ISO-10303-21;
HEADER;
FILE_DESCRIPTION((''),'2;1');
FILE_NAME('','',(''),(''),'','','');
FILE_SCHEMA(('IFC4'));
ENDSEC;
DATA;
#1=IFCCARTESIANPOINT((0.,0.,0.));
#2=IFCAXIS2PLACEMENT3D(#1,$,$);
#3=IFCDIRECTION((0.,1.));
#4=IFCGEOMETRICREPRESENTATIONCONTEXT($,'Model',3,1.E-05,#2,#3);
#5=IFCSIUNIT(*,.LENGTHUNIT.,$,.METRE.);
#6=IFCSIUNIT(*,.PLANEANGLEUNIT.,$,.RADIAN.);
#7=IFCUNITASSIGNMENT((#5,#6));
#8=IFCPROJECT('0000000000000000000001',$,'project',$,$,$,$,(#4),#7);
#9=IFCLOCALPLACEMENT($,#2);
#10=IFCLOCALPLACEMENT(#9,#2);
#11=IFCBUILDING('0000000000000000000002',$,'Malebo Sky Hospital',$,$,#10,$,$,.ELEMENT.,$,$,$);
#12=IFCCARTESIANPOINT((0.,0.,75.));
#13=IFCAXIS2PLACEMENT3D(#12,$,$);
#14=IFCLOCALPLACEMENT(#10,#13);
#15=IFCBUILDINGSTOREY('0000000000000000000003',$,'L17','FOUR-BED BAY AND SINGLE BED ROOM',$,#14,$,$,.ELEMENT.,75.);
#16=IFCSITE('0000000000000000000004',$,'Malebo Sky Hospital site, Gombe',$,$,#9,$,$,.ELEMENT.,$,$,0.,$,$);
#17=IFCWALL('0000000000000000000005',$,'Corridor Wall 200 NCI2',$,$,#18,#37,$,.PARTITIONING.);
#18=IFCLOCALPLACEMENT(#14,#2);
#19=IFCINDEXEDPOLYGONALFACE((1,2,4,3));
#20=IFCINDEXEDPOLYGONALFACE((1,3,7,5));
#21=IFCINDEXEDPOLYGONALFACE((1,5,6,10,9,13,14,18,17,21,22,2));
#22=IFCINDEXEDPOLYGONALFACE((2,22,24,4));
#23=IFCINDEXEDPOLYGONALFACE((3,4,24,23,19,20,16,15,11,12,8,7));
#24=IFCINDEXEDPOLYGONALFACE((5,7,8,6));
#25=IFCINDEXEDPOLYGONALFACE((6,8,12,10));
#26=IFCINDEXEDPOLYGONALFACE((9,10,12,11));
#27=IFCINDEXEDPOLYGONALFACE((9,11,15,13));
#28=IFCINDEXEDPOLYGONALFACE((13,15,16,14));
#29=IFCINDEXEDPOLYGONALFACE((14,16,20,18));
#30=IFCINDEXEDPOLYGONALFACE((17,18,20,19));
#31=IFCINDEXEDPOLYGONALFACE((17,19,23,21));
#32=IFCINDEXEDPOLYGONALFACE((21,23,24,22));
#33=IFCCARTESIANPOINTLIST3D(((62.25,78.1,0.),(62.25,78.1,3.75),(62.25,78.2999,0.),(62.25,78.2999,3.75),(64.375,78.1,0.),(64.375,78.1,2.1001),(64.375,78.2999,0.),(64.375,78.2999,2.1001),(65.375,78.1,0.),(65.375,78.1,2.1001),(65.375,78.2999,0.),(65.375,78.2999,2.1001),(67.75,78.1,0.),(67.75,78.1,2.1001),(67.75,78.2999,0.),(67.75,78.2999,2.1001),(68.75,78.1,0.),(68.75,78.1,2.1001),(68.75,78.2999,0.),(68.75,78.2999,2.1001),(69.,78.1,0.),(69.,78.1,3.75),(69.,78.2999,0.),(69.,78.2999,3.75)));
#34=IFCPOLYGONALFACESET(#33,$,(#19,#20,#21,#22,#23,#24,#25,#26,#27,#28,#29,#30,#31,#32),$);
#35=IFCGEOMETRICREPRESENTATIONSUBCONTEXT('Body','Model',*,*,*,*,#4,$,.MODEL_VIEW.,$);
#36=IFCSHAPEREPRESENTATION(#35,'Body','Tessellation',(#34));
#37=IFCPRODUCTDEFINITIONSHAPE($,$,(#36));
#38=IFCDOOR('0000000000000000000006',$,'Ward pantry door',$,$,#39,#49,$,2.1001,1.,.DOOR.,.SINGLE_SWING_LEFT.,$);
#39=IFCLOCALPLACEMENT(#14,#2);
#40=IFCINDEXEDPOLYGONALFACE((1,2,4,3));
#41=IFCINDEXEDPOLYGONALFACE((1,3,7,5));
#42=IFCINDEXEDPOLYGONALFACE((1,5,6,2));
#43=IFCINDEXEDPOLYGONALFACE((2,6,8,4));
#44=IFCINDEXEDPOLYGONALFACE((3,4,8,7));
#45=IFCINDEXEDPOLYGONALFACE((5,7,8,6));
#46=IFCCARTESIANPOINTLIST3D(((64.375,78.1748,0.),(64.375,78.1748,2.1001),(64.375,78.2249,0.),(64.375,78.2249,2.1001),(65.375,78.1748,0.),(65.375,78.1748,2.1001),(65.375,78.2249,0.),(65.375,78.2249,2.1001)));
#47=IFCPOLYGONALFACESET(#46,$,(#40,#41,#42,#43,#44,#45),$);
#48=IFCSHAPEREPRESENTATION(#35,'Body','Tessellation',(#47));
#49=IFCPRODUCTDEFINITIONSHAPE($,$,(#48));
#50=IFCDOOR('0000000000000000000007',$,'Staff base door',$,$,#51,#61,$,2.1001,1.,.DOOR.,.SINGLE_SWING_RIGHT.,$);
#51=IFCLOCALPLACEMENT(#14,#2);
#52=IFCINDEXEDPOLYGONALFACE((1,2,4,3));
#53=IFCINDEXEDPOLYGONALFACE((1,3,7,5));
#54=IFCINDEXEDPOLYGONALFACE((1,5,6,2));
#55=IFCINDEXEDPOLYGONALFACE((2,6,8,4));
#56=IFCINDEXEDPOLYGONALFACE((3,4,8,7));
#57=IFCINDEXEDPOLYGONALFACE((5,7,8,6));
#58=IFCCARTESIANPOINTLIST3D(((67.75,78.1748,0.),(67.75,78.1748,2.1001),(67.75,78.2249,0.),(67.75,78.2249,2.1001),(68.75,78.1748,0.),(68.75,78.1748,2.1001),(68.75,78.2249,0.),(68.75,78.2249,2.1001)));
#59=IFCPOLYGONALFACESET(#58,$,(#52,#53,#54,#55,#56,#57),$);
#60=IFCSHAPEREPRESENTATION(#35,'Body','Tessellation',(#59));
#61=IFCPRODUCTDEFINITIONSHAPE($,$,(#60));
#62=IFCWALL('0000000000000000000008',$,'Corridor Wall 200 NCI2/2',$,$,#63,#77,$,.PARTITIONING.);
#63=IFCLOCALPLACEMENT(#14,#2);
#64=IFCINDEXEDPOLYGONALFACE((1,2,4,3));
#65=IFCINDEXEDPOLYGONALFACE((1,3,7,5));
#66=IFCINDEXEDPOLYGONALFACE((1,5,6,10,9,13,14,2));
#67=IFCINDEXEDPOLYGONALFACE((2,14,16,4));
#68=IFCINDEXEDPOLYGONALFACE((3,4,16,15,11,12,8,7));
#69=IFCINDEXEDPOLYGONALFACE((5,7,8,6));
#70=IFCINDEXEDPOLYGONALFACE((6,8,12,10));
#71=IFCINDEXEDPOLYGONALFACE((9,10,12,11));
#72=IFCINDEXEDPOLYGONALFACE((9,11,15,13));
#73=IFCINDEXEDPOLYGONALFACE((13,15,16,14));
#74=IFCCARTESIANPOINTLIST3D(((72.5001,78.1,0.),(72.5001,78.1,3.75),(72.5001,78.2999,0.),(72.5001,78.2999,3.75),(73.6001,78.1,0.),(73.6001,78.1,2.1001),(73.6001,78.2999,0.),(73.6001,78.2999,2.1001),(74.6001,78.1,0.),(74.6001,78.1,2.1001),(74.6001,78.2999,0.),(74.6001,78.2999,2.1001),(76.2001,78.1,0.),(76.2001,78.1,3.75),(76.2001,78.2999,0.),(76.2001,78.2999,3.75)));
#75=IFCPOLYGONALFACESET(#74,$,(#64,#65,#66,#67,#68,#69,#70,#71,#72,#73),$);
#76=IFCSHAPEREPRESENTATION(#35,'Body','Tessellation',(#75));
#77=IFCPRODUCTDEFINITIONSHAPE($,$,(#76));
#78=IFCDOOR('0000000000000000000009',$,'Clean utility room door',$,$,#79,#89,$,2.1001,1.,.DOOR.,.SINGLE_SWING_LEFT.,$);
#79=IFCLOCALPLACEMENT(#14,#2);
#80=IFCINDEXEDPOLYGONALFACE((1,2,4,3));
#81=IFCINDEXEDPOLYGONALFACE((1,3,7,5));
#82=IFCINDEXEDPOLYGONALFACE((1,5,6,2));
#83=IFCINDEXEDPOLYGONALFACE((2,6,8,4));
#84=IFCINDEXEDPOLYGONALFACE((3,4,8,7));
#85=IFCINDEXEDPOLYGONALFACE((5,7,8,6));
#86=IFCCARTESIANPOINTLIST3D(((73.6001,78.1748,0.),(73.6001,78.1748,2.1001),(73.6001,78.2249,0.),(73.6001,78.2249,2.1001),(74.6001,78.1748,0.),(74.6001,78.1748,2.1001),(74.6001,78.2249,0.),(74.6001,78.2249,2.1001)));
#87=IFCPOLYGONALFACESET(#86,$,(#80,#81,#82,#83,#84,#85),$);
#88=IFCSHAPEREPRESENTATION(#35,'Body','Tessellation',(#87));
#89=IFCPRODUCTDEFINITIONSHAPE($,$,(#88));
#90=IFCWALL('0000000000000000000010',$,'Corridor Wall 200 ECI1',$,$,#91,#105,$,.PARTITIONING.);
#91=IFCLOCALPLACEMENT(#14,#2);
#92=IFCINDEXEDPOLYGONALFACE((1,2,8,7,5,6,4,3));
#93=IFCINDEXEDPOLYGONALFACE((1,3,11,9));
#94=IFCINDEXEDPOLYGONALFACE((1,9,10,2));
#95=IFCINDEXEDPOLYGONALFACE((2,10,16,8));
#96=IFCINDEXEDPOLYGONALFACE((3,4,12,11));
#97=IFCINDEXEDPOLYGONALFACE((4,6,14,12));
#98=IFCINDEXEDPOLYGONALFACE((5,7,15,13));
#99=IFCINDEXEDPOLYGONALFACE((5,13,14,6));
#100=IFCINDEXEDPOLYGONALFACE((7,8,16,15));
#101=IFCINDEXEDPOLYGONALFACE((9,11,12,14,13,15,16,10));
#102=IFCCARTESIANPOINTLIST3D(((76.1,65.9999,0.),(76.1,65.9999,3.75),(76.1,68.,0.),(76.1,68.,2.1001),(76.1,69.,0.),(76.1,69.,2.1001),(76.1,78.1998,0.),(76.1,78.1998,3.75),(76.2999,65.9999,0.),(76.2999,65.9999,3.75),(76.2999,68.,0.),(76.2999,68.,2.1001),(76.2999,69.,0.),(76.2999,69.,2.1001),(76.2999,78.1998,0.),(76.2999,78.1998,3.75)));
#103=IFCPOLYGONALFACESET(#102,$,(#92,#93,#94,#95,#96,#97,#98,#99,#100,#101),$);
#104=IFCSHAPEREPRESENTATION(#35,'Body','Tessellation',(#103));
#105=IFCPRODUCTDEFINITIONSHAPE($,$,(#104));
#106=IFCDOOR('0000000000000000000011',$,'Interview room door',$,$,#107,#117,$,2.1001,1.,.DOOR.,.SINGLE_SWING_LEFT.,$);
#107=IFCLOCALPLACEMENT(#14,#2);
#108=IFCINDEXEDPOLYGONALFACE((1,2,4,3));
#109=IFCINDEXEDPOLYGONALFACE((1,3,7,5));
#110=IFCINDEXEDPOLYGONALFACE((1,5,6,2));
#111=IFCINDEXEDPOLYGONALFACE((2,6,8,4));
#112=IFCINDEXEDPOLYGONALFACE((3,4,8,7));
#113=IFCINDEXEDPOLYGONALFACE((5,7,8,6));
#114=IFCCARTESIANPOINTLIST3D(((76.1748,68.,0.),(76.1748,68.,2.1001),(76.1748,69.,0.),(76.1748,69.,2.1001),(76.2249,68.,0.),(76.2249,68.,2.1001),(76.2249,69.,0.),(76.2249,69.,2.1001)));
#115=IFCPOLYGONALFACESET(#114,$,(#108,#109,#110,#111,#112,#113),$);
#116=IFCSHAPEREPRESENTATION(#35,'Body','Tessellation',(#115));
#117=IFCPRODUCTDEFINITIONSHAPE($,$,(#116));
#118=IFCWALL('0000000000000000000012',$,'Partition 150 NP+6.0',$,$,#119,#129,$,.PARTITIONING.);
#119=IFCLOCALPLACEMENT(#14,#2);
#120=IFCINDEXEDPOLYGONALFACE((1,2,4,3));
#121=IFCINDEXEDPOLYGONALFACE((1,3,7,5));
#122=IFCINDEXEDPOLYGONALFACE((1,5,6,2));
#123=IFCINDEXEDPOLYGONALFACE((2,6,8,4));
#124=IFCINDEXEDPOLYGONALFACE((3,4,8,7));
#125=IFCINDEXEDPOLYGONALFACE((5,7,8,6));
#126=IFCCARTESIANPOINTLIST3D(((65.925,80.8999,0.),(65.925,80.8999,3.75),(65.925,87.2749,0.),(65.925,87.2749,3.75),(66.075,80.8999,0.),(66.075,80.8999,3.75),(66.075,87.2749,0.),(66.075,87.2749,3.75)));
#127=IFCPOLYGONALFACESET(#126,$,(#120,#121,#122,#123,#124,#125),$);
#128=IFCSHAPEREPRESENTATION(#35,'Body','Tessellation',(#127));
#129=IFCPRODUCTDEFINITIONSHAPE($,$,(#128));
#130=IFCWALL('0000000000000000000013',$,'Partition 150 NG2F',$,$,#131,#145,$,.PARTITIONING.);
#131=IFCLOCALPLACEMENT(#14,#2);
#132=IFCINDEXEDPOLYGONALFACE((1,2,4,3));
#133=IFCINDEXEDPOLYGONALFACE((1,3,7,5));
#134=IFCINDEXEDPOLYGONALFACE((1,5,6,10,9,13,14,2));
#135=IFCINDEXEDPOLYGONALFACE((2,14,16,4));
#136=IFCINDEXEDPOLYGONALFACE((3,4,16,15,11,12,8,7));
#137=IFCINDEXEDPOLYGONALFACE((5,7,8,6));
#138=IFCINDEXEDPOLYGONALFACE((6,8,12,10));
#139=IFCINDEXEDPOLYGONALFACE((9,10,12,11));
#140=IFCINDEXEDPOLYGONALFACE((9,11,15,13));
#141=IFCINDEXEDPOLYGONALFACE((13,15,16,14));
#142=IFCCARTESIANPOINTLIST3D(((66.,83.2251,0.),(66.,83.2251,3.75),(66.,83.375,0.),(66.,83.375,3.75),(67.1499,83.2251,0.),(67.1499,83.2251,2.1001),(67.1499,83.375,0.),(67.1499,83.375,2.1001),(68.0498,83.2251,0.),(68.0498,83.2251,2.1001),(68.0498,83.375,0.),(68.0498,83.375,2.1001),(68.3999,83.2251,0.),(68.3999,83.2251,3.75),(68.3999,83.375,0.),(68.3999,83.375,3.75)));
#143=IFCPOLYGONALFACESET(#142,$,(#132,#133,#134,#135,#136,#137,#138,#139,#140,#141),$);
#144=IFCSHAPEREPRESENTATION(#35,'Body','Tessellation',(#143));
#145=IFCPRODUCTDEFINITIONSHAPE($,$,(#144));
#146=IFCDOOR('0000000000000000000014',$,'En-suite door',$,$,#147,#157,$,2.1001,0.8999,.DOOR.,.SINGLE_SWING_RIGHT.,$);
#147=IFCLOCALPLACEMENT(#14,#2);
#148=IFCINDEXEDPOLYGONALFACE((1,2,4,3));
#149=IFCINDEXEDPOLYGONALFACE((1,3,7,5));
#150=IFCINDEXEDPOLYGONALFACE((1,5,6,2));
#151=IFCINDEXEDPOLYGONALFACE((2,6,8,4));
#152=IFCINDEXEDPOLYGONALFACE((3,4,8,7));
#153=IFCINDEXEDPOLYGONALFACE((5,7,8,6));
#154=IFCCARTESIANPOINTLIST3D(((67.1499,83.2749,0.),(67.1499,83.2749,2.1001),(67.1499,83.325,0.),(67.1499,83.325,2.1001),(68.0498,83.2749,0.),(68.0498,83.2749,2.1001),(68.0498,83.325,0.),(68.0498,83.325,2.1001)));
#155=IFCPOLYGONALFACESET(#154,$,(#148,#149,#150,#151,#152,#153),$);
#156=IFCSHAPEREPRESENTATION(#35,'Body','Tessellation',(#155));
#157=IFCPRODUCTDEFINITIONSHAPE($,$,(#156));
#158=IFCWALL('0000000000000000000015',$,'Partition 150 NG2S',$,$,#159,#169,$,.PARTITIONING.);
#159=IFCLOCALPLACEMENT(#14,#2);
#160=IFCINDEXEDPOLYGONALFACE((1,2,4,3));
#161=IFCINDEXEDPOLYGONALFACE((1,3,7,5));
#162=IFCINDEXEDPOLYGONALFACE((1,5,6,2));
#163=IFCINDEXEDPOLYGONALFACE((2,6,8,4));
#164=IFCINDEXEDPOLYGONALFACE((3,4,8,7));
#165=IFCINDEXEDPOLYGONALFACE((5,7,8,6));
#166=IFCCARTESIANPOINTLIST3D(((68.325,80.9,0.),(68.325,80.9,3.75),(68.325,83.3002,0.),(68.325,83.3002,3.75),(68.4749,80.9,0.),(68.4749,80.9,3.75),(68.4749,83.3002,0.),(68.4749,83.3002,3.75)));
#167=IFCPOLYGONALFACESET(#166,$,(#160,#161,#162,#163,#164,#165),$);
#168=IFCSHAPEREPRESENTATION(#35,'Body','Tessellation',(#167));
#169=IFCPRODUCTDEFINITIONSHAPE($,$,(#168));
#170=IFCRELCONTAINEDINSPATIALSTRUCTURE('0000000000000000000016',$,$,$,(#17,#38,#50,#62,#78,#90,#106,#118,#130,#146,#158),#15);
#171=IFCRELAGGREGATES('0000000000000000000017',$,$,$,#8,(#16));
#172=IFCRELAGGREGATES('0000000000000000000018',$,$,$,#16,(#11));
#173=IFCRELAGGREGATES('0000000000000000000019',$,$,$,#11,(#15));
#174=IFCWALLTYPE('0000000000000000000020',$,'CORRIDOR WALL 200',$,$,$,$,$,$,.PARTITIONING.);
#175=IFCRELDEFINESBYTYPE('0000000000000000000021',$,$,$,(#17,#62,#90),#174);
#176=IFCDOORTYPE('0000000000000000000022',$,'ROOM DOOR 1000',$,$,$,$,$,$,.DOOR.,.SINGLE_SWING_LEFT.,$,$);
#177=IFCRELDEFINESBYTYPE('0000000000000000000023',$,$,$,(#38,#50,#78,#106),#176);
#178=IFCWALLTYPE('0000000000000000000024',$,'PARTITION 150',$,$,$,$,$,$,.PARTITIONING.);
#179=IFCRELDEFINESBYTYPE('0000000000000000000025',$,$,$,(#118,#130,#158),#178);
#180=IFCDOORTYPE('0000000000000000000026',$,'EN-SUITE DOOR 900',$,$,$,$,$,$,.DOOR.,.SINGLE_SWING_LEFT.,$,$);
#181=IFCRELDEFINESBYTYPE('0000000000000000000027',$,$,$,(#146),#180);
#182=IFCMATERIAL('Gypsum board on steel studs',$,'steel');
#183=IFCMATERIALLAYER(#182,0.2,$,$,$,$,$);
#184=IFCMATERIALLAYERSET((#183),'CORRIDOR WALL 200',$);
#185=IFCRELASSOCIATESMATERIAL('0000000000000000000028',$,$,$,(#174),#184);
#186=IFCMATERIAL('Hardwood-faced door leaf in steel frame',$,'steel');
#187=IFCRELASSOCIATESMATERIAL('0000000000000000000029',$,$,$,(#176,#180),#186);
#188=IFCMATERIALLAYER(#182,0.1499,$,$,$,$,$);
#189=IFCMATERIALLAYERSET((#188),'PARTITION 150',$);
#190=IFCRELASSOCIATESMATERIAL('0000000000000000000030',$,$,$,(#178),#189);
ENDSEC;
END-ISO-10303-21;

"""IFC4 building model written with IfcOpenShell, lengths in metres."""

from ifc_helpers import new_model, si_unit, direction, frame, frame_2d, origin, place, context, subcontext, project, spatial, rectangle, extrude, material, layer, layer_set, type_object, element, fill, save


model = new_model("IFC4")

# Units and contexts
model_context = context("Model", 3, precision=1e-05, world=origin(), true_north=direction((0.0, 1.0)))
body_context = subcontext(model_context, "Body", "Model", "MODEL_VIEW")
ifc_project = project(units=[si_unit("LENGTHUNIT", "METRE"), si_unit("PLANEANGLEUNIT", "RADIAN")], contexts=[model_context])

# Site, building, storey
site_placement = place(None, origin())
site = spatial("IfcSite", under=ifc_project, at=site_placement, Name="Malebo Sky Hospital site, Gombe", CompositionType="ELEMENT", RefElevation=0.0)
building_placement = place(site_placement, origin())
building = spatial("IfcBuilding", under=site, at=building_placement, Name="Malebo Sky Hospital", CompositionType="ELEMENT")
storey_placement = place(building_placement, frame((0.0, 0.0, 75.0)))
storey = spatial("IfcBuildingStorey", under=building, at=storey_placement, Name="L17", Description="FOUR-BED BAY AND SINGLE BED ROOM", CompositionType="ELEMENT", Elevation=75.0)

# Wall, openings, doors
ifc_material_1 = material(Name="Gypsum board on steel studs", Category="steel")
ifc_layer_1 = layer(ifc_material_1, 0.2)
ifc_layer_set_1 = layer_set([ifc_layer_1], Name="CORRIDOR WALL 200")
wall_type_1 = type_object("IfcWallType", Name="CORRIDOR WALL 200", PredefinedType="PARTITIONING", material=ifc_layer_set_1)
wall_1_placement = place(storey_placement, frame((62.25, 78.2, 0.0), z_axis=(0.0, 0.0, 1.0), x_axis=(1.0, 0.0, 0.0)))
wall_1 = element("IfcWall", 1, at=wall_1_placement, inside=storey, type_object=wall_type_1, Name="Corridor Wall 200 NCI2", PredefinedType="PARTITIONING", context=body_context, shape_type="SweptSolid", body=[
    extrude(rectangle(XDim=6.75, YDim=0.2, at=frame_2d((3.375, 0.0))), origin(), (0.0, 0.0, 1.0), 3.75),
])
opening_1_placement = place(wall_1_placement, frame((2.125, 0.0, 0.0)))
opening_1 = element("IfcOpeningElement", 2, at=opening_1_placement, cuts=wall_1, PredefinedType="OPENING", context=body_context, shape_type="SweptSolid", body=[
    extrude(rectangle(XDim=1.0, YDim=2.1001, at=frame_2d((0.5, 1.05))), frame((0.0, 0.1099, 0.0), z_axis=(0.0, -1.0, 0.0), x_axis=(1.0, 0.0, 0.0)), (0.0, 0.0, 1.0), 0.22),
])
opening_2_placement = place(wall_1_placement, frame((5.5, 0.0, 0.0)))
opening_2 = element("IfcOpeningElement", 3, at=opening_2_placement, cuts=wall_1, PredefinedType="OPENING", context=body_context, shape_type="SweptSolid", body=[
    extrude(rectangle(XDim=1.0, YDim=2.1001, at=frame_2d((0.5, 1.05))), frame((0.0, 0.1099, 0.0), z_axis=(0.0, -1.0, 0.0), x_axis=(1.0, 0.0, 0.0)), (0.0, 0.0, 1.0), 0.22),
])
ifc_material_2 = material(Name="Hardwood-faced door leaf in steel frame", Category="steel")
door_type_1 = type_object("IfcDoorType", Name="ROOM DOOR 1000", OperationType="SINGLE_SWING_LEFT", PredefinedType="DOOR", material=ifc_material_2)
door_1_placement = place(opening_1_placement, origin())
door_1 = element("IfcDoor", 4, at=door_1_placement, inside=storey, type_object=door_type_1, Name="Ward pantry door", OperationType="SINGLE_SWING_LEFT", OverallHeight=2.1001, OverallWidth=1.0, PredefinedType="DOOR", context=body_context, shape_type="SweptSolid", body=[
    extrude(rectangle(XDim=1.0, YDim=2.1001, at=frame_2d((0.5, 1.05))), frame((0.0, 0.0249, 0.0), z_axis=(0.0, -1.0, 0.0), x_axis=(1.0, 0.0, 0.0)), (0.0, 0.0, 1.0), 0.05),
])
fill(opening_1, door_1)
door_2_placement = place(opening_2_placement, origin())
door_2 = element("IfcDoor", 5, at=door_2_placement, inside=storey, type_object=door_type_1, Name="Staff base door", OperationType="SINGLE_SWING_RIGHT", OverallHeight=2.1001, OverallWidth=1.0, PredefinedType="DOOR", context=body_context, shape_type="SweptSolid", body=[
    extrude(rectangle(XDim=1.0, YDim=2.1001, at=frame_2d((0.5, 1.05))), frame((0.0, 0.0249, 0.0), z_axis=(0.0, -1.0, 0.0), x_axis=(1.0, 0.0, 0.0)), (0.0, 0.0, 1.0), 0.05),
])
fill(opening_2, door_2)

# Walls, openings, doors
wall_2_placement = place(storey_placement, frame((72.5, 78.2, 0.0), z_axis=(0.0, 0.0, 1.0), x_axis=(1.0, 0.0, 0.0)))
wall_2 = element("IfcWall", 6, at=wall_2_placement, inside=storey, type_object=wall_type_1, Name="Corridor Wall 200 NCI2/2", PredefinedType="PARTITIONING", context=body_context, shape_type="SweptSolid", body=[
    extrude(rectangle(XDim=3.7, YDim=0.2, at=frame_2d((1.8501, 0.0))), origin(), (0.0, 0.0, 1.0), 3.75),
])
opening_3_placement = place(wall_2_placement, frame((1.1001, 0.0, 0.0)))
opening_3 = element("IfcOpeningElement", 7, at=opening_3_placement, cuts=wall_2, PredefinedType="OPENING", context=body_context, shape_type="SweptSolid", body=[
    extrude(rectangle(XDim=1.0, YDim=2.1001, at=frame_2d((0.5, 1.05))), frame((0.0, 0.1099, 0.0), z_axis=(0.0, -1.0, 0.0), x_axis=(1.0, 0.0, 0.0)), (0.0, 0.0, 1.0), 0.22),
])
door_3_placement = place(opening_3_placement, origin())
door_3 = element("IfcDoor", 8, at=door_3_placement, inside=storey, type_object=door_type_1, Name="Clean utility room door", OperationType="SINGLE_SWING_LEFT", OverallHeight=2.1001, OverallWidth=1.0, PredefinedType="DOOR", context=body_context, shape_type="SweptSolid", body=[
    extrude(rectangle(XDim=1.0, YDim=2.1001, at=frame_2d((0.5, 1.05))), frame((0.0, 0.0249, 0.0), z_axis=(0.0, -1.0, 0.0), x_axis=(1.0, 0.0, 0.0)), (0.0, 0.0, 1.0), 0.05),
])
fill(opening_3, door_3)
wall_3_placement = place(storey_placement, frame((76.2, 78.2, 0.0), z_axis=(0.0, 0.0, 1.0), x_axis=(0.0, -1.0, 0.0)))
wall_3 = element("IfcWall", 9, at=wall_3_placement, inside=storey, type_object=wall_type_1, Name="Corridor Wall 200 ECI1", PredefinedType="PARTITIONING", context=body_context, shape_type="SweptSolid", body=[
    extrude(rectangle(XDim=12.2, YDim=0.2, at=frame_2d((6.1001, 0.0))), origin(), (0.0, 0.0, 1.0), 3.75),
])
opening_4_placement = place(wall_3_placement, frame((9.2, 0.0, 0.0)))
opening_4 = element("IfcOpeningElement", 10, at=opening_4_placement, cuts=wall_3, PredefinedType="OPENING", context=body_context, shape_type="SweptSolid", body=[
    extrude(rectangle(XDim=1.0, YDim=2.1001, at=frame_2d((0.5, 1.05))), frame((0.0, 0.1099, 0.0), z_axis=(0.0, -1.0, 0.0), x_axis=(1.0, 0.0, 0.0)), (0.0, 0.0, 1.0), 0.22),
])
door_4_placement = place(opening_4_placement, origin())
door_4 = element("IfcDoor", 11, at=door_4_placement, inside=storey, type_object=door_type_1, Name="Interview room door", OperationType="SINGLE_SWING_LEFT", OverallHeight=2.1001, OverallWidth=1.0, PredefinedType="DOOR", context=body_context, shape_type="SweptSolid", body=[
    extrude(rectangle(XDim=1.0, YDim=2.1001, at=frame_2d((0.5, 1.05))), frame((0.0, 0.0249, 0.0), z_axis=(0.0, -1.0, 0.0), x_axis=(1.0, 0.0, 0.0)), (0.0, 0.0, 1.0), 0.05),
])
fill(opening_4, door_4)

# Wall
ifc_layer_2 = layer(ifc_material_1, 0.1499)
ifc_layer_set_2 = layer_set([ifc_layer_2], Name="PARTITION 150")
wall_type_2 = type_object("IfcWallType", Name="PARTITION 150", PredefinedType="PARTITIONING", material=ifc_layer_set_2)
wall_4_placement = place(storey_placement, frame((66.0, 80.8999, 0.0), z_axis=(0.0, 0.0, 1.0), x_axis=(0.0, 1.0, 0.0)))
element("IfcWall", 12, at=wall_4_placement, inside=storey, type_object=wall_type_2, Name="Partition 150 NP+6.0", PredefinedType="PARTITIONING", context=body_context, shape_type="SweptSolid", body=[
    extrude(rectangle(XDim=6.375, YDim=0.1499, at=frame_2d((3.1875, 0.0))), origin(), (0.0, 0.0, 1.0), 3.75),
])

# Wall, opening, door
wall_5_placement = place(storey_placement, frame((66.0, 83.3, 0.0), z_axis=(0.0, 0.0, 1.0), x_axis=(1.0, 0.0, 0.0)))
wall_5 = element("IfcWall", 13, at=wall_5_placement, inside=storey, type_object=wall_type_2, Name="Partition 150 NG2F", PredefinedType="PARTITIONING", context=body_context, shape_type="SweptSolid", body=[
    extrude(rectangle(XDim=2.3999, YDim=0.1499, at=frame_2d((1.2, 0.0))), origin(), (0.0, 0.0, 1.0), 3.75),
])
opening_5_placement = place(wall_5_placement, frame((1.1499, 0.0, 0.0)))
opening_5 = element("IfcOpeningElement", 14, at=opening_5_placement, cuts=wall_5, PredefinedType="OPENING", context=body_context, shape_type="SweptSolid", body=[
    extrude(rectangle(XDim=0.8999, YDim=2.1001, at=frame_2d((0.45, 1.05))), frame((0.0, 0.085, 0.0), z_axis=(0.0, -1.0, 0.0), x_axis=(1.0, 0.0, 0.0)), (0.0, 0.0, 1.0), 0.1699),
])
door_type_2 = type_object("IfcDoorType", Name="EN-SUITE DOOR 900", OperationType="SINGLE_SWING_LEFT", PredefinedType="DOOR", material=ifc_material_2)
door_5_placement = place(opening_5_placement, origin())
door_5 = element("IfcDoor", 15, at=door_5_placement, inside=storey, type_object=door_type_2, Name="En-suite door", OperationType="SINGLE_SWING_RIGHT", OverallHeight=2.1001, OverallWidth=0.8999, PredefinedType="DOOR", context=body_context, shape_type="SweptSolid", body=[
    extrude(rectangle(XDim=0.8999, YDim=2.1001, at=frame_2d((0.45, 1.05))), frame((0.0, 0.0249, 0.0), z_axis=(0.0, -1.0, 0.0), x_axis=(1.0, 0.0, 0.0)), (0.0, 0.0, 1.0), 0.05),
])
fill(opening_5, door_5)

# Wall
wall_6_placement = place(storey_placement, frame((68.3999, 80.8999, 0.0), z_axis=(0.0, 0.0, 1.0), x_axis=(0.0, 1.0, 0.0)))
element("IfcWall", 16, at=wall_6_placement, inside=storey, type_object=wall_type_2, Name="Partition 150 NG2S", PredefinedType="PARTITIONING", context=body_context, shape_type="SweptSolid", body=[
    extrude(rectangle(XDim=2.4001, YDim=0.1499, at=frame_2d((1.2002, 0.0))), origin(), (0.0, 0.0, 1.0), 3.75),
])

save(model, "model.ifc")
